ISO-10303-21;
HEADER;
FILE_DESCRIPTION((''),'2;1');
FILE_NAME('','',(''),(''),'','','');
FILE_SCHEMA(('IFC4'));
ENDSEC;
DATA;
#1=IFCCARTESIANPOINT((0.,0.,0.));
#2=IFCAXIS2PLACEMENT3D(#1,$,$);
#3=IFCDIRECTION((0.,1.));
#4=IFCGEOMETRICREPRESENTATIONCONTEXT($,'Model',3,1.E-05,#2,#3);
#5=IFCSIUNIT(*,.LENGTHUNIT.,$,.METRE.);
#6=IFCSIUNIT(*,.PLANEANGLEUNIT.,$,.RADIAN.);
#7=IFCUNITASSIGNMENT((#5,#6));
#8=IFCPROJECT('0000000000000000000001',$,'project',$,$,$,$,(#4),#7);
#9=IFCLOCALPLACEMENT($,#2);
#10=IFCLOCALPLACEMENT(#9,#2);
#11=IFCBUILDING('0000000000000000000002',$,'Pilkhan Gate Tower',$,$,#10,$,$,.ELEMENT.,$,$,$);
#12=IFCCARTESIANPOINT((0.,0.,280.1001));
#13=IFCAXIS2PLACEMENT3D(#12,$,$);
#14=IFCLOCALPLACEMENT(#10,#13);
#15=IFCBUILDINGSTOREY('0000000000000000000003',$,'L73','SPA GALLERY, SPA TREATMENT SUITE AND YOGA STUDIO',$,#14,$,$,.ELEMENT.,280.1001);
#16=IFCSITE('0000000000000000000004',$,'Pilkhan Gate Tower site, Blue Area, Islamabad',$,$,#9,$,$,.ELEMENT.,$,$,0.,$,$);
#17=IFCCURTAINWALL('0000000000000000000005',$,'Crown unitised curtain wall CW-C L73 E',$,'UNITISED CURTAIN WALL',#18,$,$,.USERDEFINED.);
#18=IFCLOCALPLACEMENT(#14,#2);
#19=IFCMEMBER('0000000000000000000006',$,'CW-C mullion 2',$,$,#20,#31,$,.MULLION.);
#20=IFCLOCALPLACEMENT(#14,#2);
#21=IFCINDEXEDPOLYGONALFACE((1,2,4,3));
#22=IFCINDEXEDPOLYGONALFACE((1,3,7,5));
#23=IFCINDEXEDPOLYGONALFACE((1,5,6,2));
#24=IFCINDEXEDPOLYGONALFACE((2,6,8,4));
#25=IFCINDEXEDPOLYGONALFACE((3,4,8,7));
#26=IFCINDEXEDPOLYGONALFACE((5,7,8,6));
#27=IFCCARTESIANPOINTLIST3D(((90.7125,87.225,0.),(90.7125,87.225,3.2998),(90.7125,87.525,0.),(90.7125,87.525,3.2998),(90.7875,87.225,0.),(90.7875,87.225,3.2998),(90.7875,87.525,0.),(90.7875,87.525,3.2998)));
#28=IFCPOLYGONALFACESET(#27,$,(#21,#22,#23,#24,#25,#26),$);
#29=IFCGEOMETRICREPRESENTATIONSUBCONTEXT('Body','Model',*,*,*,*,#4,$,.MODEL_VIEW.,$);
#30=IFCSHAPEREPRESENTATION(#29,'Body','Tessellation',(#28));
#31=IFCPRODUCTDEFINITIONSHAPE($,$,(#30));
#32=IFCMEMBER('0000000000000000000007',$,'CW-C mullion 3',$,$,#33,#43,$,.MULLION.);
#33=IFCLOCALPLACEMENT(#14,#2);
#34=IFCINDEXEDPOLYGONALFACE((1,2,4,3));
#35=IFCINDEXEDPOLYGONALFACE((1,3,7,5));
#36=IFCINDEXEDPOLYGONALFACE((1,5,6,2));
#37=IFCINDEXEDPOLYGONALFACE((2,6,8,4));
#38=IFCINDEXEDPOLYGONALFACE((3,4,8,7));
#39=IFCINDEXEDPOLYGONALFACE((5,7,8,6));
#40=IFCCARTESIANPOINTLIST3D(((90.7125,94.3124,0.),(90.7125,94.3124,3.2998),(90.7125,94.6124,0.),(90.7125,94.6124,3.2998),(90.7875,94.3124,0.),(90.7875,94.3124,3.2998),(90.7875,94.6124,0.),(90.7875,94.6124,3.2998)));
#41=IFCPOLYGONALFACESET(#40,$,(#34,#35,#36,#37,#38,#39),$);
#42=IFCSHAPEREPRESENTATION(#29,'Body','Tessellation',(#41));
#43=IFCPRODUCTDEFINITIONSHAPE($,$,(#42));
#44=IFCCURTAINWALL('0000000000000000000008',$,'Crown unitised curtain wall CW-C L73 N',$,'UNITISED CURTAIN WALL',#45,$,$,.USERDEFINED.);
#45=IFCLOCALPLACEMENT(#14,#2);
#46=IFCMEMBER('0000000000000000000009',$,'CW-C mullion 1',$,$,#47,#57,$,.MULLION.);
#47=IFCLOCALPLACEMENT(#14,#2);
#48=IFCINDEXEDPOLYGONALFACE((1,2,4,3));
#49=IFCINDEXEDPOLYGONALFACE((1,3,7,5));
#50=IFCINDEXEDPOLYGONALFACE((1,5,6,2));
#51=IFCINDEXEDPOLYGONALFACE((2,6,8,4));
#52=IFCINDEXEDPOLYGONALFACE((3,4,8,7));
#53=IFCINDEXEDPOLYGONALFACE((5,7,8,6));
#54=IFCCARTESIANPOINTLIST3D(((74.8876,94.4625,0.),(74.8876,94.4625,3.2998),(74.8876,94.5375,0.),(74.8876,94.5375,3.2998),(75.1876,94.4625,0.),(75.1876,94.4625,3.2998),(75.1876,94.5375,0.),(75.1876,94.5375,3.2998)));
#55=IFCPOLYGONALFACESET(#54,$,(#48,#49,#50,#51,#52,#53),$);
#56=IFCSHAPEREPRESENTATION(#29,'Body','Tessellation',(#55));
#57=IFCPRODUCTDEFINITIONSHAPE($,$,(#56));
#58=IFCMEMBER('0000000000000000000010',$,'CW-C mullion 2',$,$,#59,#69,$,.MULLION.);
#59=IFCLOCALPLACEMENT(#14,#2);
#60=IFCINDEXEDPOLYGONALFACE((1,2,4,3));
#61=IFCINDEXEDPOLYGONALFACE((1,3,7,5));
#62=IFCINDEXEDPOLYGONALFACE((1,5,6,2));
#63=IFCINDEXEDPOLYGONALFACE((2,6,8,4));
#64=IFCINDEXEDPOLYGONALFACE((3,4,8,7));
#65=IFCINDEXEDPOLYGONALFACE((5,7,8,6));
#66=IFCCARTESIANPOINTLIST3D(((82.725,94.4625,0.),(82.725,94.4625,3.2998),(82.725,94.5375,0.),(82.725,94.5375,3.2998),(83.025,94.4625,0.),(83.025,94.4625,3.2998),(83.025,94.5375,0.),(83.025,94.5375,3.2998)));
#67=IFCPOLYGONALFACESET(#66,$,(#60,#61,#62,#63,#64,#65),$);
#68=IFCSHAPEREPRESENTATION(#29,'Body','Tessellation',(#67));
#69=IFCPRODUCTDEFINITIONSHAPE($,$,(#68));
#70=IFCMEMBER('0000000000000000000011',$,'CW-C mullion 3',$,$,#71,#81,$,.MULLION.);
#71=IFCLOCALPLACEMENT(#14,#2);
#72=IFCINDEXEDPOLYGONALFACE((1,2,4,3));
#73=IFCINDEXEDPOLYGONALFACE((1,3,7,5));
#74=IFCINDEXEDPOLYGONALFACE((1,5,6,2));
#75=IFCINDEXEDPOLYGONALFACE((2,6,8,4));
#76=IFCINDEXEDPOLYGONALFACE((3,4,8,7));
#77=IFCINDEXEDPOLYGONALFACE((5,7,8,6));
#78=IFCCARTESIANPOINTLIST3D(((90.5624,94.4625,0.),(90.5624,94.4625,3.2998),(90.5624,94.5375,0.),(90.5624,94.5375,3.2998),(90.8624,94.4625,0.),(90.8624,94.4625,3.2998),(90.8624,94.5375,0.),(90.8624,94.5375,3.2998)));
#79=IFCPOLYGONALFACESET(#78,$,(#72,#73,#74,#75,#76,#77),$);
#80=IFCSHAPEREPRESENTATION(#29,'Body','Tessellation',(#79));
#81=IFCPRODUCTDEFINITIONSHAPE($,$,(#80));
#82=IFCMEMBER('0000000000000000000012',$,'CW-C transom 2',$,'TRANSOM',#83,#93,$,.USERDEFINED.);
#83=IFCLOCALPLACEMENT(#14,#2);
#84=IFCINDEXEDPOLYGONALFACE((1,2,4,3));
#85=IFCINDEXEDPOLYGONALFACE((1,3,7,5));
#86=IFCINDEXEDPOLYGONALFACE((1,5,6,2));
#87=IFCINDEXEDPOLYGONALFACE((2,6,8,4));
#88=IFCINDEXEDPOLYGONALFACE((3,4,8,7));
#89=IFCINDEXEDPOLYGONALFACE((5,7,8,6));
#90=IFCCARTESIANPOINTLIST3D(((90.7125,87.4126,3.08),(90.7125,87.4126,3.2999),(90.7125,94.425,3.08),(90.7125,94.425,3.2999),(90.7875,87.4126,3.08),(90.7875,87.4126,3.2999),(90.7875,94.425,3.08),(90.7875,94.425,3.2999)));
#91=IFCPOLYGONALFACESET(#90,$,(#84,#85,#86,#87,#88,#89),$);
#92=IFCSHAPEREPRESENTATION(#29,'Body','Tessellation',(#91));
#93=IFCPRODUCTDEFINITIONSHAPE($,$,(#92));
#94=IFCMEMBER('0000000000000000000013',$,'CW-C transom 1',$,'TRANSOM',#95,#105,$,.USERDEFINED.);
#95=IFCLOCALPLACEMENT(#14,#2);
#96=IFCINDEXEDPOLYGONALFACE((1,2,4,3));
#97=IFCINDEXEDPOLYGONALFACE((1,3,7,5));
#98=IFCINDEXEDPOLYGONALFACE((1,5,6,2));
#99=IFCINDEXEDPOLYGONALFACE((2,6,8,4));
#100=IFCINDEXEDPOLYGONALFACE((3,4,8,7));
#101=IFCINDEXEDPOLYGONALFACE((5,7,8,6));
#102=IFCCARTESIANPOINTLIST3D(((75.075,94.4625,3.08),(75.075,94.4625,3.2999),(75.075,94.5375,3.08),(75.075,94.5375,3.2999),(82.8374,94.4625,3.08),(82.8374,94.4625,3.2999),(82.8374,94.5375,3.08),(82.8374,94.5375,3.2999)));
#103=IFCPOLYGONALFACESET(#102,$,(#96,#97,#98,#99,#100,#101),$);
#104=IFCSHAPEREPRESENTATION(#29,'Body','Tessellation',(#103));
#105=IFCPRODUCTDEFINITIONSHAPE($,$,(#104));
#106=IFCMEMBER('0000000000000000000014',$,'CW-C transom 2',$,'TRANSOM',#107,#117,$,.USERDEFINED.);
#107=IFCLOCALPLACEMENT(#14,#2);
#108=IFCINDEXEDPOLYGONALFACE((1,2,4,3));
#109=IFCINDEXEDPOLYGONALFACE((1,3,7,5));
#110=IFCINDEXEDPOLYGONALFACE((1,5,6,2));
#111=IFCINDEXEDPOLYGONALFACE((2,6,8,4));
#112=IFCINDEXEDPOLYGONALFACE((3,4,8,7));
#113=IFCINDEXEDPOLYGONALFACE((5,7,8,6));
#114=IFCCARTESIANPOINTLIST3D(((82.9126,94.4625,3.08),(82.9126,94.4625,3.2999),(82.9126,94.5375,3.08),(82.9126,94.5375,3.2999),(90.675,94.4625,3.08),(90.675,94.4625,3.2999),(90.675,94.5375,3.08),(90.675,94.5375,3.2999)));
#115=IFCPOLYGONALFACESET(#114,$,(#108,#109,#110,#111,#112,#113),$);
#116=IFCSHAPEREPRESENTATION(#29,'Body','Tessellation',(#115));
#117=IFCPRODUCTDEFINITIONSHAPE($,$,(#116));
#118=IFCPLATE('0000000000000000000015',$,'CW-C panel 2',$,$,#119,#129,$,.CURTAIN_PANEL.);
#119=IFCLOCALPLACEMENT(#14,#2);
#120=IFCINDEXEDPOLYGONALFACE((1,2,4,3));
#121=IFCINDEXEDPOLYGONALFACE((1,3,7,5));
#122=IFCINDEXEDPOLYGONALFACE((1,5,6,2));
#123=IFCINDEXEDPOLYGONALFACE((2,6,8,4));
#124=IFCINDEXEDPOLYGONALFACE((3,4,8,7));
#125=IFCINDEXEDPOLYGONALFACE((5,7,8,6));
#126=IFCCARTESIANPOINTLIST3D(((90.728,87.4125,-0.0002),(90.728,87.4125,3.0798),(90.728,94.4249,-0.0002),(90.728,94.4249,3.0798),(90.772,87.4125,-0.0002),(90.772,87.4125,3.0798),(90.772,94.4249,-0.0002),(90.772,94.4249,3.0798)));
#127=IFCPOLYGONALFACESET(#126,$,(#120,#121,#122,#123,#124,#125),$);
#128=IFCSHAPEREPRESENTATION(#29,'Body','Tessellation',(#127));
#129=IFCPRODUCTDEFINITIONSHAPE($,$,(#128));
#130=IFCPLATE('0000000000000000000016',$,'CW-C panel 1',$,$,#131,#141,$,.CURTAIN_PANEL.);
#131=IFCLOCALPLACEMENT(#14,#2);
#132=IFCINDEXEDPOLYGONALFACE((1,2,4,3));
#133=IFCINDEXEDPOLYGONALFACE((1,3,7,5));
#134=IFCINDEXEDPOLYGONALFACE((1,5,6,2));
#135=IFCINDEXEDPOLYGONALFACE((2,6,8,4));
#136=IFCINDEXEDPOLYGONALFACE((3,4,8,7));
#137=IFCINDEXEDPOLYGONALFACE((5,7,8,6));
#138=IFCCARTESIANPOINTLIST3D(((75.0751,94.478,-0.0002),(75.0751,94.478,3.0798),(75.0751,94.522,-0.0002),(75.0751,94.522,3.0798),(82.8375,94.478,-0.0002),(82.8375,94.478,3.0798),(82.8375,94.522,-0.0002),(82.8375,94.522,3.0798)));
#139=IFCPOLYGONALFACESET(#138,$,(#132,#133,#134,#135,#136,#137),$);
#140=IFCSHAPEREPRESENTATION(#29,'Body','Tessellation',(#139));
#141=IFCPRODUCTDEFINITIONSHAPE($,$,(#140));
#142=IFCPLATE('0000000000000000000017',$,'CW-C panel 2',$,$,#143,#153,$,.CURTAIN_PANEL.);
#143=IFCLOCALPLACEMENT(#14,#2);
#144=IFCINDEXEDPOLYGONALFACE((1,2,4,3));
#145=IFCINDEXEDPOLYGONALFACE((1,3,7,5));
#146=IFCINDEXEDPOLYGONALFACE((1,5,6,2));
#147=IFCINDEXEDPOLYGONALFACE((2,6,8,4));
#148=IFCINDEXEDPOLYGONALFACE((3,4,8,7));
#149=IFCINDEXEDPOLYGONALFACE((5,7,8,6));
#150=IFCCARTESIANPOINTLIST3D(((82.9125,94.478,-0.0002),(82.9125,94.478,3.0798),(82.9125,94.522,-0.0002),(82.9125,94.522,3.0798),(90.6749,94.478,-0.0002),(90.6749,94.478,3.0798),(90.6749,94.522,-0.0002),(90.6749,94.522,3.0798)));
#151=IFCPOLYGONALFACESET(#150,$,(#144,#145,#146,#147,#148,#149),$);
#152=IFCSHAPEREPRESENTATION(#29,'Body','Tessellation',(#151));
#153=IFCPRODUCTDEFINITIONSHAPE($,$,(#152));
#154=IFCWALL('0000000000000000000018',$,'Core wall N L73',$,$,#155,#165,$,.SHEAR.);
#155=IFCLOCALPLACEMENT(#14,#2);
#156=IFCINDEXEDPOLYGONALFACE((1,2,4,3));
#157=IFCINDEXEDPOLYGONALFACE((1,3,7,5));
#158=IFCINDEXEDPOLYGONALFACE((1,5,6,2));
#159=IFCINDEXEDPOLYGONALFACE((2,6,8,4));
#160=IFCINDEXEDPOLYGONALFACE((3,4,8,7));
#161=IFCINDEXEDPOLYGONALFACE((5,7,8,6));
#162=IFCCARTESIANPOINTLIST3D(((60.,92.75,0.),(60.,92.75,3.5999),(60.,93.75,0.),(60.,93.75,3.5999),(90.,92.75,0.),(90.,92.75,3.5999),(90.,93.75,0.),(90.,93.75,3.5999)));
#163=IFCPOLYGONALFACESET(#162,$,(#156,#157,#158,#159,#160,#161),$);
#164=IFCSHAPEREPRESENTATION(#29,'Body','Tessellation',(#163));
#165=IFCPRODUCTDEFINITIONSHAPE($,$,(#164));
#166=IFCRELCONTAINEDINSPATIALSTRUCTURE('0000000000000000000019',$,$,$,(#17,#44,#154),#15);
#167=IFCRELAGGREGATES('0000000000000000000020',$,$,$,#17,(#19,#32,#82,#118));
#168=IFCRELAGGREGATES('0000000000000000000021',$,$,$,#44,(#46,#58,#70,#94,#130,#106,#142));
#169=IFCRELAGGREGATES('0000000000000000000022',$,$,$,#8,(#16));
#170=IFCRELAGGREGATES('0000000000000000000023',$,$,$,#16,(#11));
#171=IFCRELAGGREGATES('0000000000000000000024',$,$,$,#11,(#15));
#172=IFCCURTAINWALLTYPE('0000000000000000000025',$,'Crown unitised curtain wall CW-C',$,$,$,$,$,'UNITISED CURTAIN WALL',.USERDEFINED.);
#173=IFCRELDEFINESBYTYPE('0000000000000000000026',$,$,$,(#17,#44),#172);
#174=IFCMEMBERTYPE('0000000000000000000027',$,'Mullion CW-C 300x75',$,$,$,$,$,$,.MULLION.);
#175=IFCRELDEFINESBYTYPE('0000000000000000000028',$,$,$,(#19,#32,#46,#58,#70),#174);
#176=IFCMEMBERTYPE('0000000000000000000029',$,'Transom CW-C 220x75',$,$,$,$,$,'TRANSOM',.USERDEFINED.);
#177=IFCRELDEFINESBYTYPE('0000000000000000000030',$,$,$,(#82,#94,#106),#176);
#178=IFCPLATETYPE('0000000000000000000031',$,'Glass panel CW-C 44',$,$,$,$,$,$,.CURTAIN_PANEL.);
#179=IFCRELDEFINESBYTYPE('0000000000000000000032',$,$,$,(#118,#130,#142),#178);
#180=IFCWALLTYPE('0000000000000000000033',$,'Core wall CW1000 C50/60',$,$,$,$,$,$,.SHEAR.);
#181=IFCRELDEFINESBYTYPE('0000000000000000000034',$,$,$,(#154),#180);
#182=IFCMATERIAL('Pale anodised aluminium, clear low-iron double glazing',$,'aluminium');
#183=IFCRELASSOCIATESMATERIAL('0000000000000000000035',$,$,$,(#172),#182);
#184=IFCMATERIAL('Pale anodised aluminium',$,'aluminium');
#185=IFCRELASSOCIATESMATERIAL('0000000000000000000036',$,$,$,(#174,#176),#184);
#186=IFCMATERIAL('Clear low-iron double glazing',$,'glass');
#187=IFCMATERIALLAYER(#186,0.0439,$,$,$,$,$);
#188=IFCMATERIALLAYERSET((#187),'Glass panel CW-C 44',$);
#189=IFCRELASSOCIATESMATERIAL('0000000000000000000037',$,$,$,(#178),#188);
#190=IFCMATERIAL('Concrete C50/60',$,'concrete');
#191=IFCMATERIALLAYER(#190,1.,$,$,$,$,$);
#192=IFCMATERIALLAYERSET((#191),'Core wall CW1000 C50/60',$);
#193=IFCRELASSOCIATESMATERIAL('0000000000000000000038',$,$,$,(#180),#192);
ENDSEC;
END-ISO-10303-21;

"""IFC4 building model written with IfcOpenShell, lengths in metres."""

from ifc_helpers import new_model, si_unit, direction, frame, frame_2d, origin, origin_2d, place, context, subcontext, project, spatial, rectangle, extrude, material, layer, layer_set, material_profile, profile_set, type_object, element, aggregate, save


model = new_model("IFC4")

# Units and contexts
model_context = context("Model", 3, precision=1e-05, world=origin(), true_north=direction((0.0, 1.0)))
body_context = subcontext(model_context, "Body", "Model", "MODEL_VIEW")
ifc_project = project(units=[si_unit("LENGTHUNIT", "METRE"), si_unit("PLANEANGLEUNIT", "RADIAN")], contexts=[model_context])

# Site, building, storey
site_placement = place(None, origin())
site = spatial("IfcSite", under=ifc_project, at=site_placement, Name="Pilkhan Gate Tower site, Blue Area, Islamabad", CompositionType="ELEMENT", RefElevation=0.0)
building_placement = place(site_placement, origin())
building = spatial("IfcBuilding", under=site, at=building_placement, Name="Pilkhan Gate Tower", CompositionType="ELEMENT")
storey_placement = place(building_placement, frame((0.0, 0.0, 280.1001)))
storey = spatial("IfcBuildingStorey", under=building, at=storey_placement, Name="L73", Description="SPA GALLERY, SPA TREATMENT SUITE AND YOGA STUDIO", CompositionType="ELEMENT", Elevation=280.1001)

# Curtain walls, members
ifc_material_1 = material(Name="Pale anodised aluminium, clear low-iron double glazing", Category="aluminium")
curtain_wall_type = type_object("IfcCurtainWallType", Name="Crown unitised curtain wall CW-C", ElementType="UNITISED CURTAIN WALL", PredefinedType="USERDEFINED", material=ifc_material_1)
curtain_wall_1_placement = place(storey_placement, origin())
curtain_wall_1 = element("IfcCurtainWall", 1, at=curtain_wall_1_placement, inside=storey, type_object=curtain_wall_type, Name="Crown unitised curtain wall CW-C L73 E", ObjectType="UNITISED CURTAIN WALL", PredefinedType="USERDEFINED")
ifc_material_2 = material(Name="Pale anodised aluminium", Category="aluminium")
ifc_material_profile_1 = material_profile(ifc_material_2, rectangle(XDim=0.075, YDim=0.3, at=origin_2d()), Name="Mullion 300x75")
ifc_profile_set_1 = profile_set([ifc_material_profile_1], Name="Pale anodised aluminium")
member_type_1 = type_object("IfcMemberType", Name="Mullion CW-C 300x75", PredefinedType="MULLION", material=ifc_profile_set_1)
member_1_placement = place(storey_placement, frame((90.75, 87.375, 0.0), z_axis=(0.0, 0.0, 1.0), x_axis=(-1.0, 0.0, 0.0)))
member_1 = element("IfcMember", 2, at=member_1_placement, type_object=member_type_1, Name="CW-C mullion 2", PredefinedType="MULLION", context=body_context, shape_type="SweptSolid", body=[
    extrude(rectangle(XDim=0.075, YDim=0.3, at=origin_2d()), origin(), (0.0, 0.0, 1.0), 3.2998),
])
member_2_placement = place(storey_placement, frame((90.75, 94.4624, 0.0), z_axis=(0.0, 0.0, 1.0), x_axis=(-1.0, 0.0, 0.0)))
member_2 = element("IfcMember", 3, at=member_2_placement, type_object=member_type_1, Name="CW-C mullion 3", PredefinedType="MULLION", context=body_context, shape_type="SweptSolid", body=[
    extrude(rectangle(XDim=0.075, YDim=0.3, at=origin_2d()), origin(), (0.0, 0.0, 1.0), 3.2998),
])
curtain_wall_2_placement = place(storey_placement, origin())
curtain_wall_2 = element("IfcCurtainWall", 4, at=curtain_wall_2_placement, inside=storey, type_object=curtain_wall_type, Name="Crown unitised curtain wall CW-C L73 N", ObjectType="UNITISED CURTAIN WALL", PredefinedType="USERDEFINED")
member_3_placement = place(storey_placement, frame((75.0376, 94.5, 0.0), z_axis=(0.0, 0.0, 1.0), x_axis=(0.0, 1.0, 0.0)))
member_3 = element("IfcMember", 5, at=member_3_placement, type_object=member_type_1, Name="CW-C mullion 1", PredefinedType="MULLION", context=body_context, shape_type="SweptSolid", body=[
    extrude(rectangle(XDim=0.075, YDim=0.3, at=origin_2d()), origin(), (0.0, 0.0, 1.0), 3.2998),
])
member_4_placement = place(storey_placement, frame((82.875, 94.5, 0.0), z_axis=(0.0, 0.0, 1.0), x_axis=(0.0, 1.0, 0.0)))
member_4 = element("IfcMember", 6, at=member_4_placement, type_object=member_type_1, Name="CW-C mullion 2", PredefinedType="MULLION", context=body_context, shape_type="SweptSolid", body=[
    extrude(rectangle(XDim=0.075, YDim=0.3, at=origin_2d()), origin(), (0.0, 0.0, 1.0), 3.2998),
])
member_5_placement = place(storey_placement, frame((90.7124, 94.5, 0.0), z_axis=(0.0, 0.0, 1.0), x_axis=(0.0, 1.0, 0.0)))
member_5 = element("IfcMember", 7, at=member_5_placement, type_object=member_type_1, Name="CW-C mullion 3", PredefinedType="MULLION", context=body_context, shape_type="SweptSolid", body=[
    extrude(rectangle(XDim=0.075, YDim=0.3, at=origin_2d()), origin(), (0.0, 0.0, 1.0), 3.2998),
])

# Members
ifc_material_profile_2 = material_profile(ifc_material_2, rectangle(XDim=0.075, YDim=0.22, at=origin_2d()), Name="Transom 220x75")
ifc_profile_set_2 = profile_set([ifc_material_profile_2], Name="Pale anodised aluminium")
member_type_2 = type_object("IfcMemberType", Name="Transom CW-C 220x75", ElementType="TRANSOM", PredefinedType="USERDEFINED", material=ifc_profile_set_2)
member_6_placement = place(storey_placement, frame((90.75, 87.4126, 3.1899), z_axis=(0.0, 1.0, 0.0), x_axis=(-1.0, 0.0, 0.0)))
member_6 = element("IfcMember", 8, at=member_6_placement, type_object=member_type_2, Name="CW-C transom 2", ObjectType="TRANSOM", PredefinedType="USERDEFINED", context=body_context, shape_type="SweptSolid", body=[
    extrude(rectangle(XDim=0.075, YDim=0.22, at=origin_2d()), origin(), (0.0, 0.0, 1.0), 7.0125),
])
member_7_placement = place(storey_placement, frame((75.075, 94.5, 3.1899), z_axis=(1.0, 0.0, 0.0), x_axis=(0.0, 1.0, 0.0)))
member_7 = element("IfcMember", 9, at=member_7_placement, type_object=member_type_2, Name="CW-C transom 1", ObjectType="TRANSOM", PredefinedType="USERDEFINED", context=body_context, shape_type="SweptSolid", body=[
    extrude(rectangle(XDim=0.075, YDim=0.22, at=origin_2d()), origin(), (0.0, 0.0, 1.0), 7.7625),
])
member_8_placement = place(storey_placement, frame((82.9126, 94.5, 3.1899), z_axis=(1.0, 0.0, 0.0), x_axis=(0.0, 1.0, 0.0)))
member_8 = element("IfcMember", 10, at=member_8_placement, type_object=member_type_2, Name="CW-C transom 2", ObjectType="TRANSOM", PredefinedType="USERDEFINED", context=body_context, shape_type="SweptSolid", body=[
    extrude(rectangle(XDim=0.075, YDim=0.22, at=origin_2d()), origin(), (0.0, 0.0, 1.0), 7.7625),
])

# Plates
ifc_material_3 = material(Name="Clear low-iron double glazing", Category="glass")
ifc_layer_1 = layer(ifc_material_3, 0.0439)
ifc_layer_set_1 = layer_set([ifc_layer_1], Name="Glass panel CW-C 44")
plate_type = type_object("IfcPlateType", Name="Glass panel CW-C 44", PredefinedType="CURTAIN_PANEL", material=ifc_layer_set_1)
plate_1_placement = place(storey_placement, frame((90.75, 90.9187, -0.0002), z_axis=(0.0, 0.0, 1.0), x_axis=(0.0, 1.0, 0.0)))
plate_1 = element("IfcPlate", 11, at=plate_1_placement, type_object=plate_type, Name="CW-C panel 2", PredefinedType="CURTAIN_PANEL", context=body_context, shape_type="SweptSolid", body=[
    extrude(rectangle(XDim=7.0125, YDim=0.0439, at=origin_2d()), origin(), (0.0, 0.0, 1.0), 3.0801),
])
aggregate(curtain_wall_1, [member_1, member_2, member_6, plate_1])
plate_2_placement = place(storey_placement, frame((78.9563, 94.5, -0.0002), z_axis=(0.0, 0.0, 1.0), x_axis=(1.0, 0.0, 0.0)))
plate_2 = element("IfcPlate", 12, at=plate_2_placement, type_object=plate_type, Name="CW-C panel 1", PredefinedType="CURTAIN_PANEL", context=body_context, shape_type="SweptSolid", body=[
    extrude(rectangle(XDim=7.7625, YDim=0.0439, at=origin_2d()), origin(), (0.0, 0.0, 1.0), 3.0801),
])
plate_3_placement = place(storey_placement, frame((86.7937, 94.5, -0.0002), z_axis=(0.0, 0.0, 1.0), x_axis=(1.0, 0.0, 0.0)))
plate_3 = element("IfcPlate", 13, at=plate_3_placement, type_object=plate_type, Name="CW-C panel 2", PredefinedType="CURTAIN_PANEL", context=body_context, shape_type="SweptSolid", body=[
    extrude(rectangle(XDim=7.7625, YDim=0.0439, at=origin_2d()), origin(), (0.0, 0.0, 1.0), 3.0801),
])
aggregate(curtain_wall_2, [member_3, member_4, member_5, member_7, plate_2, member_8, plate_3])

# Wall
ifc_material_4 = material(Name="Concrete C50/60", Category="concrete")
ifc_layer_2 = layer(ifc_material_4, 1.0)
ifc_layer_set_2 = layer_set([ifc_layer_2], Name="Core wall CW1000 C50/60")
wall_type_1 = type_object("IfcWallType", Name="Core wall CW1000 C50/60", PredefinedType="SHEAR", material=ifc_layer_set_2)
wall_1_placement = place(storey_placement, frame((90.0, 93.25, 0.0), z_axis=(0.0, 0.0, 1.0), x_axis=(-1.0, 0.0, 0.0)))
element("IfcWall", 14, at=wall_1_placement, inside=storey, type_object=wall_type_1, Name="Core wall N L73", PredefinedType="SHEAR", context=body_context, shape_type="SweptSolid", body=[
    extrude(rectangle(XDim=30.0, YDim=1.0, at=frame_2d((15.0, 0.0))), origin(), (0.0, 0.0, 1.0), 3.5999),
])

save(model, "model.ifc")
